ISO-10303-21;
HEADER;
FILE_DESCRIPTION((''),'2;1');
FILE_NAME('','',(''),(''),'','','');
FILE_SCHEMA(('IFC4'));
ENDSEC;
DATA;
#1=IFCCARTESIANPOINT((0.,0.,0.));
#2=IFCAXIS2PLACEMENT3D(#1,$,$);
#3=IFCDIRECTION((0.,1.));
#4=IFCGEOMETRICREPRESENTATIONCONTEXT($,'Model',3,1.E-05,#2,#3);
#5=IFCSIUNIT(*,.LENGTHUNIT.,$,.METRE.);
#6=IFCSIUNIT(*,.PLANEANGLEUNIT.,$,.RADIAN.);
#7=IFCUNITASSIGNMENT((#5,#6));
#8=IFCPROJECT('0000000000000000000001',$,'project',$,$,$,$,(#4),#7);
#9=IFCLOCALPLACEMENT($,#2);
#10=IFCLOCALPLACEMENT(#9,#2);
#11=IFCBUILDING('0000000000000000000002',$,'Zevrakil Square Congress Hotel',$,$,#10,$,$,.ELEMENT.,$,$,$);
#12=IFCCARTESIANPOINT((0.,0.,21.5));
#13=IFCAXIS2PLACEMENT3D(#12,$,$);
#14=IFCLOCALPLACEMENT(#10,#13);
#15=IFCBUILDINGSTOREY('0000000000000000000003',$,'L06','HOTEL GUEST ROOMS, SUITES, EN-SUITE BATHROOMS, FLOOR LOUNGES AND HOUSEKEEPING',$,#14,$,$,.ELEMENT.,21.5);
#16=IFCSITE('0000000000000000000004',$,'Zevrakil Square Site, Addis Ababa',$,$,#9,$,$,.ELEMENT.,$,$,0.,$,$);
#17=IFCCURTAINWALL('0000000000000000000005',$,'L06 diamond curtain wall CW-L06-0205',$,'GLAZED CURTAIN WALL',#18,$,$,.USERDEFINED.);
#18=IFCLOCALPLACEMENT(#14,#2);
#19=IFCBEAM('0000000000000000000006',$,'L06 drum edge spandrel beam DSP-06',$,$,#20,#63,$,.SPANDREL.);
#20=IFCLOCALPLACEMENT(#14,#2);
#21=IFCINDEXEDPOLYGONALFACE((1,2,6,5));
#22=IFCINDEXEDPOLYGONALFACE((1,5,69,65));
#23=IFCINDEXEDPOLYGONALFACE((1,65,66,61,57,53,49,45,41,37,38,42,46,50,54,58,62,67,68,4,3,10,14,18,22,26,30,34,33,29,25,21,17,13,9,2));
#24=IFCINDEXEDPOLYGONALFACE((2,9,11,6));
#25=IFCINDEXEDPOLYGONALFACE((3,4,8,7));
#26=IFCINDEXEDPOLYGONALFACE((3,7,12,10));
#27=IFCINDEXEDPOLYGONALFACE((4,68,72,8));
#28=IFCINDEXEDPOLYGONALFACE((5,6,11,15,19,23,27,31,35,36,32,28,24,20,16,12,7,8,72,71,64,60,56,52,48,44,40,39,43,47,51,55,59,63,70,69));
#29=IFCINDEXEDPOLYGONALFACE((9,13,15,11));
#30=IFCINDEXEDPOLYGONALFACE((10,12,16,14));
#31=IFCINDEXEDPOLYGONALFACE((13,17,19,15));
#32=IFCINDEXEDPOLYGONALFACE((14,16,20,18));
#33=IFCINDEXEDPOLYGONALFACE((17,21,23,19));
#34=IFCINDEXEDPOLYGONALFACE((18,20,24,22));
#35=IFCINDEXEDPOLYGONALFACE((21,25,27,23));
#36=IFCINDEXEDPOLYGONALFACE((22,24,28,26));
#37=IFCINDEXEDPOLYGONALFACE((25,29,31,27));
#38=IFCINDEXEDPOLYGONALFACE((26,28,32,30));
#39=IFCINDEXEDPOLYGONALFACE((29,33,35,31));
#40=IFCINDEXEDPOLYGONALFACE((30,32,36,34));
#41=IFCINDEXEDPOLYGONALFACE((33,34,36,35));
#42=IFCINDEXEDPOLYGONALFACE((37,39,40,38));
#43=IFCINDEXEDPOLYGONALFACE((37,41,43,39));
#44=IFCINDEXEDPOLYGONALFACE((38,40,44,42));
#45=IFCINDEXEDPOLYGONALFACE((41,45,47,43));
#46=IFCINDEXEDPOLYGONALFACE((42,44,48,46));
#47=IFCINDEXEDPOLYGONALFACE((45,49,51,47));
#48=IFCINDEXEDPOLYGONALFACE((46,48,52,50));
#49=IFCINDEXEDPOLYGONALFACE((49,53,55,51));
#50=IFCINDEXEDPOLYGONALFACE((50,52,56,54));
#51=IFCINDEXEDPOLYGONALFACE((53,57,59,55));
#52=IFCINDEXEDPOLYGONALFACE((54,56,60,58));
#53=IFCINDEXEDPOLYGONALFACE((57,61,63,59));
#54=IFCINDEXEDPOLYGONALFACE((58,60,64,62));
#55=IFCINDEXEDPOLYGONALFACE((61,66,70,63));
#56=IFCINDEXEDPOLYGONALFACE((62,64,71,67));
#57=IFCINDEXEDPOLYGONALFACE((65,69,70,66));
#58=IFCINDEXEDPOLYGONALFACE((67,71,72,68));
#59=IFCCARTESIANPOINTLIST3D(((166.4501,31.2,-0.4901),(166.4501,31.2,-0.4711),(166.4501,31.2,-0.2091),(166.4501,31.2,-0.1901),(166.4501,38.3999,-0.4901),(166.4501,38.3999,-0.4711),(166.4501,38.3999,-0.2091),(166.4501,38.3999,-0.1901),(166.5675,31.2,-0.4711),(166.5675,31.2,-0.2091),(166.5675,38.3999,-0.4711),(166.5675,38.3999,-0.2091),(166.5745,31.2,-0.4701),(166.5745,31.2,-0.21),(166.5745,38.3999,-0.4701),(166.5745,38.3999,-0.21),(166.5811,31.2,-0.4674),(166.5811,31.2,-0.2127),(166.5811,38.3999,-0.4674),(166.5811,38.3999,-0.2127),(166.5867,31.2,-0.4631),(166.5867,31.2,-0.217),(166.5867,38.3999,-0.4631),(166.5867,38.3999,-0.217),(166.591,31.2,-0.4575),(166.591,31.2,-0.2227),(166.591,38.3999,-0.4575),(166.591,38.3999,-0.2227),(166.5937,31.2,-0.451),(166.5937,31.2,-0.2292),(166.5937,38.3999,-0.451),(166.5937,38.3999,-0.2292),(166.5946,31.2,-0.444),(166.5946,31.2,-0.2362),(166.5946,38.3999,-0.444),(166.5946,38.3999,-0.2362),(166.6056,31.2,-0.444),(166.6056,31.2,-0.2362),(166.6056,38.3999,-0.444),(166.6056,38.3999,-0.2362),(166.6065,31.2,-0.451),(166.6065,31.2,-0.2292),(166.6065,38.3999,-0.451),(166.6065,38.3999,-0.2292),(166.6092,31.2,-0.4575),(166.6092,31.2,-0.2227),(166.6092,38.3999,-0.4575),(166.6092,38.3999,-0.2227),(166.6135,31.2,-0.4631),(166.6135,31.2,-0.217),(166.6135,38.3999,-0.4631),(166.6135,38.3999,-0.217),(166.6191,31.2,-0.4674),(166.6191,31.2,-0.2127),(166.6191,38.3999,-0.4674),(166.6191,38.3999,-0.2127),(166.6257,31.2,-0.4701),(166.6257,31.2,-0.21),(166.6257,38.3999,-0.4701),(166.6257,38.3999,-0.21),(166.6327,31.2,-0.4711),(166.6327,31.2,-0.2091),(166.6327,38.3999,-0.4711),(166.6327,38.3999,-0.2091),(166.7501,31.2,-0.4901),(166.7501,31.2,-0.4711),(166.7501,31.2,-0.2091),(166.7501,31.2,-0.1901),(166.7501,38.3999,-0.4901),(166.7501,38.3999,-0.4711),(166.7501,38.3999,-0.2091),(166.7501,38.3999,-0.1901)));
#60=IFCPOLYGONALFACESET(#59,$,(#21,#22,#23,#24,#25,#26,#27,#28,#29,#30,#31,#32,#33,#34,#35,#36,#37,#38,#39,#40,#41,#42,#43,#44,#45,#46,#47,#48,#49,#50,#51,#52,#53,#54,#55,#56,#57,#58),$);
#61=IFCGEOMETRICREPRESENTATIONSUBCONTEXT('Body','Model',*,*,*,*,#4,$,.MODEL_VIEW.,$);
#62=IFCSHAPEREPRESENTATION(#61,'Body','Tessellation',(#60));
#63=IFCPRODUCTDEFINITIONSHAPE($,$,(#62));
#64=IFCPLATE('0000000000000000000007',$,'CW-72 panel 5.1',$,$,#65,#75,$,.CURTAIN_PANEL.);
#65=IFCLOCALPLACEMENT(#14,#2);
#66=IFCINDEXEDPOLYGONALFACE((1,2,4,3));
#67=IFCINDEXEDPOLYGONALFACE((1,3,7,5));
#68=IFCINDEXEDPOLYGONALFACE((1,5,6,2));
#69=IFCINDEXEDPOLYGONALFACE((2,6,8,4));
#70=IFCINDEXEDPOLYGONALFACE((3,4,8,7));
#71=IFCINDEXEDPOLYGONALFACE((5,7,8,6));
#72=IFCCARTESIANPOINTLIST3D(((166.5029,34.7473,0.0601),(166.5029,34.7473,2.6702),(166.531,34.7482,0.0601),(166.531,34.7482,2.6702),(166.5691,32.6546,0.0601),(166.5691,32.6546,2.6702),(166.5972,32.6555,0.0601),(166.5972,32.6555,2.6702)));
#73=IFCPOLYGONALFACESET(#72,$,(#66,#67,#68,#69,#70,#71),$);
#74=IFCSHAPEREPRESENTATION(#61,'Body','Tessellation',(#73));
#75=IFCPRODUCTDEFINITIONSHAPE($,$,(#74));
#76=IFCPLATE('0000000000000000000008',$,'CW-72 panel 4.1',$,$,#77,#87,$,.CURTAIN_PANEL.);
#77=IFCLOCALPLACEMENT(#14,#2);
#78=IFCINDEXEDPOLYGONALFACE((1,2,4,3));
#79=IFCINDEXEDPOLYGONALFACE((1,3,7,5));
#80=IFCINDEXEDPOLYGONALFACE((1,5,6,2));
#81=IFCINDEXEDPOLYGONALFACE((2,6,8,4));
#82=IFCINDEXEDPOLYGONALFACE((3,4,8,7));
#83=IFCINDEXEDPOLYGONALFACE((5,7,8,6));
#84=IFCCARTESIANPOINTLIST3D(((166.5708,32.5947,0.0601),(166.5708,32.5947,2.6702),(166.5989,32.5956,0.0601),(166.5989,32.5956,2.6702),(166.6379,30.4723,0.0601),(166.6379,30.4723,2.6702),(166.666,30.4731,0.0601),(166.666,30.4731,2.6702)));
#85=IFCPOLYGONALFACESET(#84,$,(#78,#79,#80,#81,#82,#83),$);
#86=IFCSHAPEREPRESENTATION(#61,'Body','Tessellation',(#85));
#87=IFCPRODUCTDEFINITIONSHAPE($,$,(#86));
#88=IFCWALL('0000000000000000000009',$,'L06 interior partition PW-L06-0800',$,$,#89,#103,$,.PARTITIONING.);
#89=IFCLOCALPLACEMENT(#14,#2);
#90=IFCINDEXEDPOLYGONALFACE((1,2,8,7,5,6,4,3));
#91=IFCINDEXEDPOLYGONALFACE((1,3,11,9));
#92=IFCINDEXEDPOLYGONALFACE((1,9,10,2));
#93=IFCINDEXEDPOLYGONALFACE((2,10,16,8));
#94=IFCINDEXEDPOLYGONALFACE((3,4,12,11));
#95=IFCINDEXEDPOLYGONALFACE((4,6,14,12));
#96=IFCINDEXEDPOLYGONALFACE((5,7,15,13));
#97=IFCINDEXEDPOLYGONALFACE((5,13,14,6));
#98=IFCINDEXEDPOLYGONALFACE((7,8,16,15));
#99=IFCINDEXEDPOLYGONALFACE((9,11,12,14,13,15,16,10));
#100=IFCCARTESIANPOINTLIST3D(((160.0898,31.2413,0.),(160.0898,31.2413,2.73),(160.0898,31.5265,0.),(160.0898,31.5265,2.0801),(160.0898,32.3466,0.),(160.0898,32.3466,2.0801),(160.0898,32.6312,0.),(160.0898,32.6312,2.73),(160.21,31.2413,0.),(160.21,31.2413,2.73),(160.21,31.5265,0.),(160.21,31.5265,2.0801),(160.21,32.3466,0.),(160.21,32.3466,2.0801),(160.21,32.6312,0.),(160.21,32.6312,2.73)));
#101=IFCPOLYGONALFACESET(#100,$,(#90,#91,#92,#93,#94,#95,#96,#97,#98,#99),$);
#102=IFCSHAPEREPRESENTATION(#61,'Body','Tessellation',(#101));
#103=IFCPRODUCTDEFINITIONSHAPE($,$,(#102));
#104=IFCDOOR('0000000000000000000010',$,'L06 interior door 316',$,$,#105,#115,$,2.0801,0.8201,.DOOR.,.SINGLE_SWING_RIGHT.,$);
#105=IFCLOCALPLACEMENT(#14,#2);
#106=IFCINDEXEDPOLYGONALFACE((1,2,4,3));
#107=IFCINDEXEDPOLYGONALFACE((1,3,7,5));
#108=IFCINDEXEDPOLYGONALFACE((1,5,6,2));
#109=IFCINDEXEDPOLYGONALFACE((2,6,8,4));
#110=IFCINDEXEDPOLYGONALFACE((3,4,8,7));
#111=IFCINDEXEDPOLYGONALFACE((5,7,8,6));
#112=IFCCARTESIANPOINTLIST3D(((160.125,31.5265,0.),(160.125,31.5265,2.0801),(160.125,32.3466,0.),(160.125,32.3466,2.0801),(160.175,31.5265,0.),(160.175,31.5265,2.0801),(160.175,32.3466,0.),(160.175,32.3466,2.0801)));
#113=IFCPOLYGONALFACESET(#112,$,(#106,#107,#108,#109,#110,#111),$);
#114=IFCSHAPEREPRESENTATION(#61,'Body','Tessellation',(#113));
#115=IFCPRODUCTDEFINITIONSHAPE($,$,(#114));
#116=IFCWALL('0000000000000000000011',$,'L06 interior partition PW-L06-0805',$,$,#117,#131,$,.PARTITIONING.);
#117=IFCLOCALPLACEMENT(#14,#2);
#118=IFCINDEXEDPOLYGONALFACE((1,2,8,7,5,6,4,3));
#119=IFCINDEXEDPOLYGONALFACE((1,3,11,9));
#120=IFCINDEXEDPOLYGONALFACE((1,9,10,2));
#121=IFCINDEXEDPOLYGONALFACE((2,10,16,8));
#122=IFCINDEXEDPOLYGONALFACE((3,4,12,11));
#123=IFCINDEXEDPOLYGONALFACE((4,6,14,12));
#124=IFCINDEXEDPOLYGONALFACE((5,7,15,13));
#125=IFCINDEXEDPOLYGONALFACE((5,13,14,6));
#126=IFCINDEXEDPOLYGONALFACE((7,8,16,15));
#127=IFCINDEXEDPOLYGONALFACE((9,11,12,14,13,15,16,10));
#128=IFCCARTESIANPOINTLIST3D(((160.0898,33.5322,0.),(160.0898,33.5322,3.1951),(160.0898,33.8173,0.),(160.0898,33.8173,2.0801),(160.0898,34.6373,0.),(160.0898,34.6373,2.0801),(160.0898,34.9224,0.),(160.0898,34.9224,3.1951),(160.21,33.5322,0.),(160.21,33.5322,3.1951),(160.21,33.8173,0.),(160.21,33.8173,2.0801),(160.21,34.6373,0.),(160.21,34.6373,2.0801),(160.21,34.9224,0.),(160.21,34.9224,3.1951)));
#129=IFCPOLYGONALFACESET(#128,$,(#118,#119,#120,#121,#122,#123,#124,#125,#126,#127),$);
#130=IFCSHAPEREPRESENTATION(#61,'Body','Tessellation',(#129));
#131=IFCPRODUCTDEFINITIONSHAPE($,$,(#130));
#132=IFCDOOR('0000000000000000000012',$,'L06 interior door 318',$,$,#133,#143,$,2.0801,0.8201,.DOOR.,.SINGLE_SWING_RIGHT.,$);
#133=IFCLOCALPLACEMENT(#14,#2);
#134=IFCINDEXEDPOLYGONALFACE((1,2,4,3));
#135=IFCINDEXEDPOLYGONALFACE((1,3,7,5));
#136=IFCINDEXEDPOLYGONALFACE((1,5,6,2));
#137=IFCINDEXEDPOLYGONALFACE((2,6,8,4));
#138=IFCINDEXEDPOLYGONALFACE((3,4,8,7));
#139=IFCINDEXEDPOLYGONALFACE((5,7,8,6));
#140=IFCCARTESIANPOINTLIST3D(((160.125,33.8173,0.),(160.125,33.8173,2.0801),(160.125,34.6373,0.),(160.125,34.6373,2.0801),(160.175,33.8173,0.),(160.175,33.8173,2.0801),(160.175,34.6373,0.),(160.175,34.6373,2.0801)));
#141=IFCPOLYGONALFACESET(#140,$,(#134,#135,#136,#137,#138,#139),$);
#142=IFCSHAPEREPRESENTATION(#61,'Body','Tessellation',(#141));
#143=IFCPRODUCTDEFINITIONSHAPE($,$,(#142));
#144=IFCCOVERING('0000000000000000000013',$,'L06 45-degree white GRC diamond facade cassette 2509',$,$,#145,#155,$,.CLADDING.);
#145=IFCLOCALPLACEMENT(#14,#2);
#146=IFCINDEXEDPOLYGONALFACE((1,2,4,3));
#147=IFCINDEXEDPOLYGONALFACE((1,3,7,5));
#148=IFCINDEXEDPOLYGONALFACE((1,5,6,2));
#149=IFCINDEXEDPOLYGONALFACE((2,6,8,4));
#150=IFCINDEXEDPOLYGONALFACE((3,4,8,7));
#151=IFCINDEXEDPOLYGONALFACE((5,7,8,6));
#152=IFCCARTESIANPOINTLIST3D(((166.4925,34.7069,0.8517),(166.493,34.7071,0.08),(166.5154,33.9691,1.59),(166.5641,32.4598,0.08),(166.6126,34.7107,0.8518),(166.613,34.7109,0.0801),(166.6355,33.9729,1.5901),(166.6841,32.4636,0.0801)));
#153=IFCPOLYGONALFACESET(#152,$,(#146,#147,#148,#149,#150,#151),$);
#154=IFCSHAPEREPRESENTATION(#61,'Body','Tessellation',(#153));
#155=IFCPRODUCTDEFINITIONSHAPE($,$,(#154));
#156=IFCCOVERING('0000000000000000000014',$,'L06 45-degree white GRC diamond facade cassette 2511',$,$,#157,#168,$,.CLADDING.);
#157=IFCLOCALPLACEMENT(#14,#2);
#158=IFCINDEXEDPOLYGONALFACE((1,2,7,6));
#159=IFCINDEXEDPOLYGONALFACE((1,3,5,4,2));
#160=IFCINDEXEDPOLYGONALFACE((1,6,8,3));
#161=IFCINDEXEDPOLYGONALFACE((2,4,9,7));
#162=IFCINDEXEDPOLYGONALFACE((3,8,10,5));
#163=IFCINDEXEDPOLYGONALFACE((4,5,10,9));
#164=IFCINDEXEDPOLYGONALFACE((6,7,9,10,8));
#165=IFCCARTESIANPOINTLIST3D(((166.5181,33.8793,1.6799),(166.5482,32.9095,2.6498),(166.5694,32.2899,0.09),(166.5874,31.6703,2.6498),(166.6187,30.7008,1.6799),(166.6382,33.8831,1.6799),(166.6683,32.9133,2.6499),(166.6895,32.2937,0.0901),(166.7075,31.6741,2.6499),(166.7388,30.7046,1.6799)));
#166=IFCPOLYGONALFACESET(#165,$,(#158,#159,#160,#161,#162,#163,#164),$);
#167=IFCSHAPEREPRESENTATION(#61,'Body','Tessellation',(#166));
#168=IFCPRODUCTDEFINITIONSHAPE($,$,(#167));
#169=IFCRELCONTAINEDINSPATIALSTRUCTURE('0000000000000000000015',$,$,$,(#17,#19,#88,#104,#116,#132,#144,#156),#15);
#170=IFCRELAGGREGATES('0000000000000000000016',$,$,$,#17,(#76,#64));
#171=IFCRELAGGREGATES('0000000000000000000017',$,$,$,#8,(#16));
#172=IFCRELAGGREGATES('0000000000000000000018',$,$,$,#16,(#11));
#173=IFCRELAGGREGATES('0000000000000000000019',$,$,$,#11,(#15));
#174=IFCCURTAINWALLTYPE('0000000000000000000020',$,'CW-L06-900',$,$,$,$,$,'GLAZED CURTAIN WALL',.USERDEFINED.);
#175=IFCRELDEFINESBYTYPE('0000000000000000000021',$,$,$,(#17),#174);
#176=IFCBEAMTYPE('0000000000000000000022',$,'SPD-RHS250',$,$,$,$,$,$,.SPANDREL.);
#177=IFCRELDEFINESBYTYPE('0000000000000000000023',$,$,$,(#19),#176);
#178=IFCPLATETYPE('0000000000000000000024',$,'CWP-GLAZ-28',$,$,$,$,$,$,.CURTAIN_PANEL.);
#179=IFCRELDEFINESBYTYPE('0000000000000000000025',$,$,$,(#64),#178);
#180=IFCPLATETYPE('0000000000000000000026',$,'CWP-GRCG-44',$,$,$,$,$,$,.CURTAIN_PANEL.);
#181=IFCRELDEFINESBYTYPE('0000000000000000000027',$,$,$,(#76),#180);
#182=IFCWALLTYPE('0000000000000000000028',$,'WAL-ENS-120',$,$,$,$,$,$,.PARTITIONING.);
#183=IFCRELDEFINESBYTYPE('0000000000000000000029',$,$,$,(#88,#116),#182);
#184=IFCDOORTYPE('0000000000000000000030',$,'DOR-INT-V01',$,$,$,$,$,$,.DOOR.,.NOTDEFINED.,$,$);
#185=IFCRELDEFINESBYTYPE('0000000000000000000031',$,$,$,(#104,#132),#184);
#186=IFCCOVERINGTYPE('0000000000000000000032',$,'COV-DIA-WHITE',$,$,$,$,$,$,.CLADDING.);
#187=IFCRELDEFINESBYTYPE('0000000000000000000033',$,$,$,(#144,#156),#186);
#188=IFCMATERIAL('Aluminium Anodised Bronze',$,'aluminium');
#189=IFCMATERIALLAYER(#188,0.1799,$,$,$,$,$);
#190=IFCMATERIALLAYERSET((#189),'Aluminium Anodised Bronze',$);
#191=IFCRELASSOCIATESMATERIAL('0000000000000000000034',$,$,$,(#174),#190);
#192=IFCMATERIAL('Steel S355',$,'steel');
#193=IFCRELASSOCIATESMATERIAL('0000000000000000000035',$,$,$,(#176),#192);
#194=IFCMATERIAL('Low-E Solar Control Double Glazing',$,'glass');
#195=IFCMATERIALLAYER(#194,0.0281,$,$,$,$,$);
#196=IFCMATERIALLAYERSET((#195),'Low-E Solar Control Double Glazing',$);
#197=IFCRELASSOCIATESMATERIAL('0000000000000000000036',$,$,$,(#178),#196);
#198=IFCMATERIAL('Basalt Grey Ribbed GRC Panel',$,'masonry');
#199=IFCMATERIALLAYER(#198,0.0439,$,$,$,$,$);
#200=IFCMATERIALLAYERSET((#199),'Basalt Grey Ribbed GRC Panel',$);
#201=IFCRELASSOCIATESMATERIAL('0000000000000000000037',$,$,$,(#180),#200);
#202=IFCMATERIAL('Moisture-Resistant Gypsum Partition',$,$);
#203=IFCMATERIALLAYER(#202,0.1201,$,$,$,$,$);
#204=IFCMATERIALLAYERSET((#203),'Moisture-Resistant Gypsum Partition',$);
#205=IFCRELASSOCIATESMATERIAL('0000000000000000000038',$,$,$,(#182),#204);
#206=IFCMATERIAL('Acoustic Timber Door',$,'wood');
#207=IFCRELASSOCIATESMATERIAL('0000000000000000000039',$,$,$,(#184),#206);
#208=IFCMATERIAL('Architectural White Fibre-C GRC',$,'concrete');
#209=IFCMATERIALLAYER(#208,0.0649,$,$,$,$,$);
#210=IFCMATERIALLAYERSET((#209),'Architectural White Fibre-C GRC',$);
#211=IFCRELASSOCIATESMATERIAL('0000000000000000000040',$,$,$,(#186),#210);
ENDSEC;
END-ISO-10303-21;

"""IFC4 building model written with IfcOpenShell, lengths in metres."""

from ifc_helpers import new_model, si_unit, direction, frame, frame_2d, origin, origin_2d, place, context, subcontext, project, spatial, polyline, rectangle, i_section, outline, extrude, material, layer, layer_set, material_profile, profile_set, type_object, element, fill, aggregate, save


model = new_model("IFC4")

# Units and contexts
model_context = context("Model", 3, precision=1e-05, world=origin(), true_north=direction((0.0, 1.0)))
body_context = subcontext(model_context, "Body", "Model", "MODEL_VIEW")
ifc_project = project(units=[si_unit("LENGTHUNIT", "METRE"), si_unit("PLANEANGLEUNIT", "RADIAN")], contexts=[model_context])

# Site, building, storey
site_placement = place(None, origin())
site = spatial("IfcSite", under=ifc_project, at=site_placement, Name="Zevrakil Square Site, Addis Ababa", CompositionType="ELEMENT", RefElevation=0.0)
building_placement = place(site_placement, origin())
building = spatial("IfcBuilding", under=site, at=building_placement, Name="Zevrakil Square Congress Hotel", CompositionType="ELEMENT")
storey_placement = place(building_placement, frame((0.0, 0.0, 21.5)))
storey = spatial("IfcBuildingStorey", under=building, at=storey_placement, Name="L06", Description="HOTEL GUEST ROOMS, SUITES, EN-SUITE BATHROOMS, FLOOR LOUNGES AND HOUSEKEEPING", CompositionType="ELEMENT", Elevation=21.5)

# Curtain wall
ifc_material_1 = material(Name="Aluminium Anodised Bronze", Category="aluminium")
ifc_layer_1 = layer(ifc_material_1, 0.1799)
ifc_layer_set_1 = layer_set([ifc_layer_1], Name="Aluminium Anodised Bronze")
curtain_wall_type_1 = type_object("IfcCurtainWallType", Name="CW-L06-900", ElementType="GLAZED CURTAIN WALL", PredefinedType="USERDEFINED", material=ifc_layer_set_1)
curtain_wall_1_placement = place(storey_placement, origin())
curtain_wall_1 = element("IfcCurtainWall", 1, at=curtain_wall_1_placement, inside=storey, type_object=curtain_wall_type_1, Name="L06 diamond curtain wall CW-L06-0205", ObjectType="GLAZED CURTAIN WALL", PredefinedType="USERDEFINED")

# Beam
ifc_material_2 = material(Name="Steel S355", Category="steel")
ifc_material_profile_1 = material_profile(ifc_material_2, i_section(OverallWidth=0.3, OverallDepth=0.3, WebThickness=0.011, FlangeThickness=0.019, FilletRadius=0.0271, at=origin_2d()), Name="HEB 300")
ifc_profile_set_1 = profile_set([ifc_material_profile_1], Name="Steel S355")
beam_type_1 = type_object("IfcBeamType", Name="SPD-RHS250", PredefinedType="SPANDREL", material=ifc_profile_set_1)
beam_1_placement = place(storey_placement, frame((166.6001, 31.2, -0.3401), z_axis=(0.0, 1.0, 0.0), x_axis=(-1.0, 0.0, 0.0)))
element("IfcBeam", 2, at=beam_1_placement, inside=storey, type_object=beam_type_1, Name="L06 drum edge spandrel beam DSP-06", PredefinedType="SPANDREL", context=body_context, shape_type="SweptSolid", body=[
    extrude(i_section(OverallWidth=0.3, OverallDepth=0.3, WebThickness=0.011, FlangeThickness=0.019, FilletRadius=0.0271, at=origin_2d()), origin(), (0.0, 0.0, 1.0), 7.2),
])

# Plates
ifc_material_3 = material(Name="Low-E Solar Control Double Glazing", Category="glass")
ifc_layer_2 = layer(ifc_material_3, 0.0281)
ifc_layer_set_2 = layer_set([ifc_layer_2], Name="Low-E Solar Control Double Glazing")
plate_type_1 = type_object("IfcPlateType", Name="CWP-GLAZ-28", PredefinedType="CURTAIN_PANEL", material=ifc_layer_set_2)
plate_1_placement = place(storey_placement, frame((166.55, 33.7014, 0.0601), z_axis=(0.0, 0.0, 1.0), x_axis=(-0.031598, 0.999501, 0.0)))
plate_1 = element("IfcPlate", 3, at=plate_1_placement, type_object=plate_type_1, Name="CW-72 panel 5.1", PredefinedType="CURTAIN_PANEL", context=body_context, shape_type="SweptSolid", body=[
    extrude(rectangle(XDim=2.0938, YDim=0.0281, at=origin_2d()), origin(), (0.0, 0.0, 1.0), 2.6101),
])
ifc_material_4 = material(Name="Basalt Grey Ribbed GRC Panel", Category="masonry")
ifc_layer_3 = layer(ifc_material_4, 0.0439)
ifc_layer_set_3 = layer_set([ifc_layer_3], Name="Basalt Grey Ribbed GRC Panel")
plate_type_2 = type_object("IfcPlateType", Name="CWP-GRCG-44", PredefinedType="CURTAIN_PANEL", material=ifc_layer_set_3)
plate_2_placement = place(storey_placement, frame((166.6184, 31.5339, 0.0601), z_axis=(0.0, 0.0, 1.0), x_axis=(-0.031598, 0.999501, 0.0)))
plate_2 = element("IfcPlate", 4, at=plate_2_placement, type_object=plate_type_2, Name="CW-72 panel 4.1", PredefinedType="CURTAIN_PANEL", context=body_context, shape_type="SweptSolid", body=[
    extrude(rectangle(XDim=2.1235, YDim=0.0281, at=origin_2d()), origin(), (0.0, 0.0, 1.0), 2.6101),
])
aggregate(curtain_wall_1, [plate_2, plate_1])

# Walls, openings, doors
ifc_material_5 = material(Name="Moisture-Resistant Gypsum Partition")
ifc_layer_4 = layer(ifc_material_5, 0.1201)
ifc_layer_set_4 = layer_set([ifc_layer_4], Name="Moisture-Resistant Gypsum Partition")
wall_type = type_object("IfcWallType", Name="WAL-ENS-120", PredefinedType="PARTITIONING", material=ifc_layer_set_4)
wall_1_placement = place(storey_placement, frame((160.1499, 31.2415, 0.0), z_axis=(0.0, 0.0, 1.0), x_axis=(0.0, 1.0, 0.0)))
wall_1 = element("IfcWall", 5, at=wall_1_placement, inside=storey, type_object=wall_type, Name="L06 interior partition PW-L06-0800", PredefinedType="PARTITIONING", context=body_context, shape_type="SweptSolid", body=[
    extrude(rectangle(XDim=1.3899, YDim=0.1201, at=frame_2d((0.6948, 0.0))), origin(), (0.0, 0.0, 1.0), 2.73),
])
opening_1_placement = place(wall_1_placement, frame((0.2849, 0.0, 0.0)))
opening_1 = element("IfcOpeningElement", 6, at=opening_1_placement, cuts=wall_1, PredefinedType="OPENING", context=body_context, shape_type="SweptSolid", body=[
    extrude(rectangle(XDim=0.8201, YDim=2.0801, at=frame_2d((0.4102, 1.04))), frame((0.0, 0.0701, 0.0), z_axis=(0.0, -1.0, 0.0), x_axis=(1.0, 0.0, 0.0)), (0.0, 0.0, 1.0), 0.1401),
])
ifc_material_6 = material(Name="Acoustic Timber Door", Category="wood")
door_type = type_object("IfcDoorType", Name="DOR-INT-V01", OperationType="NOTDEFINED", PredefinedType="DOOR", material=ifc_material_6)
door_1_placement = place(opening_1_placement, origin())
door_1 = element("IfcDoor", 7, at=door_1_placement, inside=storey, type_object=door_type, Name="L06 interior door 316", OperationType="SINGLE_SWING_RIGHT", OverallHeight=2.0801, OverallWidth=0.8201, PredefinedType="DOOR", context=body_context, shape_type="SweptSolid", body=[
    extrude(rectangle(XDim=0.8201, YDim=2.0801, at=frame_2d((0.4102, 1.04))), frame((0.0, 0.0249, 0.0), z_axis=(0.0, -1.0, 0.0), x_axis=(1.0, 0.0, 0.0)), (0.0, 0.0, 1.0), 0.05),
])
fill(opening_1, door_1)
wall_2_placement = place(storey_placement, frame((160.1499, 33.5322, 0.0), z_axis=(0.0, 0.0, 1.0), x_axis=(0.0, 1.0, 0.0)))
wall_2 = element("IfcWall", 8, at=wall_2_placement, inside=storey, type_object=wall_type, Name="L06 interior partition PW-L06-0805", PredefinedType="PARTITIONING", context=body_context, shape_type="SweptSolid", body=[
    extrude(rectangle(XDim=1.3901, YDim=0.1201, at=frame_2d((0.6951, 0.0))), origin(), (0.0, 0.0, 1.0), 3.1951),
])
opening_2_placement = place(wall_2_placement, frame((0.2849, 0.0, 0.0)))
opening_2 = element("IfcOpeningElement", 9, at=opening_2_placement, cuts=wall_2, PredefinedType="OPENING", context=body_context, shape_type="SweptSolid", body=[
    extrude(rectangle(XDim=0.8201, YDim=2.0801, at=frame_2d((0.4102, 1.04))), frame((0.0, 0.0701, 0.0), z_axis=(0.0, -1.0, 0.0), x_axis=(1.0, 0.0, 0.0)), (0.0, 0.0, 1.0), 0.1401),
])
door_2_placement = place(opening_2_placement, origin())
door_2 = element("IfcDoor", 10, at=door_2_placement, inside=storey, type_object=door_type, Name="L06 interior door 318", OperationType="SINGLE_SWING_RIGHT", OverallHeight=2.0801, OverallWidth=0.8201, PredefinedType="DOOR", context=body_context, shape_type="SweptSolid", body=[
    extrude(rectangle(XDim=0.8201, YDim=2.0801, at=frame_2d((0.4102, 1.04))), frame((0.0, 0.0249, 0.0), z_axis=(0.0, -1.0, 0.0), x_axis=(1.0, 0.0, 0.0)), (0.0, 0.0, 1.0), 0.05),
])
fill(opening_2, door_2)

# Coverings
ifc_material_7 = material(Name="Architectural White Fibre-C GRC", Category="concrete")
ifc_layer_5 = layer(ifc_material_7, 0.0649)
ifc_layer_set_5 = layer_set([ifc_layer_5], Name="Architectural White Fibre-C GRC")
covering_type_1 = type_object("IfcCoveringType", Name="COV-DIA-WHITE", PredefinedType="CLADDING", material=ifc_layer_set_5)
covering_1_placement = place(storey_placement, frame((166.6355, 33.9729, 1.5901), z_axis=(0.9995, 0.031617, 0.000586), x_axis=(-0.02194, 0.706703, -0.70717)))
element("IfcCovering", 11, at=covering_1_placement, inside=storey, type_object=covering_type_1, Name="L06 45-degree white GRC diamond facade cassette 2509", PredefinedType="CLADDING", context=body_context, shape_type="SweptSolid", body=[
    extrude(outline(polyline([(0.0, 0.0), (1.044, 0.0), (1.5899, -0.5455), (0.0002, -2.1355), (0.0, 0.0)])), origin(), (0.0, 0.0, -1.0), 0.1201),
])
covering_2_placement = place(storey_placement, frame((166.6382, 33.8831, 1.6799), z_axis=(0.999499, 0.031639, 0.000621), x_axis=(0.022814, -0.706814, -0.707032)))
element("IfcCovering", 12, at=covering_2_placement, inside=storey, type_object=covering_type_1, Name="L06 45-degree white GRC diamond facade cassette 2511", PredefinedType="CLADDING", context=body_context, shape_type="SweptSolid", body=[
    extrude(outline(polyline([(0.0, 0.0), (2.2486, 0.0), (2.2489, -2.2484), (0.8771, -2.2485), (0.0003, -1.3719), (0.0, 0.0)])), origin(), (0.0, 0.0, -1.0), 0.1201),
])

save(model, "model.ifc")
